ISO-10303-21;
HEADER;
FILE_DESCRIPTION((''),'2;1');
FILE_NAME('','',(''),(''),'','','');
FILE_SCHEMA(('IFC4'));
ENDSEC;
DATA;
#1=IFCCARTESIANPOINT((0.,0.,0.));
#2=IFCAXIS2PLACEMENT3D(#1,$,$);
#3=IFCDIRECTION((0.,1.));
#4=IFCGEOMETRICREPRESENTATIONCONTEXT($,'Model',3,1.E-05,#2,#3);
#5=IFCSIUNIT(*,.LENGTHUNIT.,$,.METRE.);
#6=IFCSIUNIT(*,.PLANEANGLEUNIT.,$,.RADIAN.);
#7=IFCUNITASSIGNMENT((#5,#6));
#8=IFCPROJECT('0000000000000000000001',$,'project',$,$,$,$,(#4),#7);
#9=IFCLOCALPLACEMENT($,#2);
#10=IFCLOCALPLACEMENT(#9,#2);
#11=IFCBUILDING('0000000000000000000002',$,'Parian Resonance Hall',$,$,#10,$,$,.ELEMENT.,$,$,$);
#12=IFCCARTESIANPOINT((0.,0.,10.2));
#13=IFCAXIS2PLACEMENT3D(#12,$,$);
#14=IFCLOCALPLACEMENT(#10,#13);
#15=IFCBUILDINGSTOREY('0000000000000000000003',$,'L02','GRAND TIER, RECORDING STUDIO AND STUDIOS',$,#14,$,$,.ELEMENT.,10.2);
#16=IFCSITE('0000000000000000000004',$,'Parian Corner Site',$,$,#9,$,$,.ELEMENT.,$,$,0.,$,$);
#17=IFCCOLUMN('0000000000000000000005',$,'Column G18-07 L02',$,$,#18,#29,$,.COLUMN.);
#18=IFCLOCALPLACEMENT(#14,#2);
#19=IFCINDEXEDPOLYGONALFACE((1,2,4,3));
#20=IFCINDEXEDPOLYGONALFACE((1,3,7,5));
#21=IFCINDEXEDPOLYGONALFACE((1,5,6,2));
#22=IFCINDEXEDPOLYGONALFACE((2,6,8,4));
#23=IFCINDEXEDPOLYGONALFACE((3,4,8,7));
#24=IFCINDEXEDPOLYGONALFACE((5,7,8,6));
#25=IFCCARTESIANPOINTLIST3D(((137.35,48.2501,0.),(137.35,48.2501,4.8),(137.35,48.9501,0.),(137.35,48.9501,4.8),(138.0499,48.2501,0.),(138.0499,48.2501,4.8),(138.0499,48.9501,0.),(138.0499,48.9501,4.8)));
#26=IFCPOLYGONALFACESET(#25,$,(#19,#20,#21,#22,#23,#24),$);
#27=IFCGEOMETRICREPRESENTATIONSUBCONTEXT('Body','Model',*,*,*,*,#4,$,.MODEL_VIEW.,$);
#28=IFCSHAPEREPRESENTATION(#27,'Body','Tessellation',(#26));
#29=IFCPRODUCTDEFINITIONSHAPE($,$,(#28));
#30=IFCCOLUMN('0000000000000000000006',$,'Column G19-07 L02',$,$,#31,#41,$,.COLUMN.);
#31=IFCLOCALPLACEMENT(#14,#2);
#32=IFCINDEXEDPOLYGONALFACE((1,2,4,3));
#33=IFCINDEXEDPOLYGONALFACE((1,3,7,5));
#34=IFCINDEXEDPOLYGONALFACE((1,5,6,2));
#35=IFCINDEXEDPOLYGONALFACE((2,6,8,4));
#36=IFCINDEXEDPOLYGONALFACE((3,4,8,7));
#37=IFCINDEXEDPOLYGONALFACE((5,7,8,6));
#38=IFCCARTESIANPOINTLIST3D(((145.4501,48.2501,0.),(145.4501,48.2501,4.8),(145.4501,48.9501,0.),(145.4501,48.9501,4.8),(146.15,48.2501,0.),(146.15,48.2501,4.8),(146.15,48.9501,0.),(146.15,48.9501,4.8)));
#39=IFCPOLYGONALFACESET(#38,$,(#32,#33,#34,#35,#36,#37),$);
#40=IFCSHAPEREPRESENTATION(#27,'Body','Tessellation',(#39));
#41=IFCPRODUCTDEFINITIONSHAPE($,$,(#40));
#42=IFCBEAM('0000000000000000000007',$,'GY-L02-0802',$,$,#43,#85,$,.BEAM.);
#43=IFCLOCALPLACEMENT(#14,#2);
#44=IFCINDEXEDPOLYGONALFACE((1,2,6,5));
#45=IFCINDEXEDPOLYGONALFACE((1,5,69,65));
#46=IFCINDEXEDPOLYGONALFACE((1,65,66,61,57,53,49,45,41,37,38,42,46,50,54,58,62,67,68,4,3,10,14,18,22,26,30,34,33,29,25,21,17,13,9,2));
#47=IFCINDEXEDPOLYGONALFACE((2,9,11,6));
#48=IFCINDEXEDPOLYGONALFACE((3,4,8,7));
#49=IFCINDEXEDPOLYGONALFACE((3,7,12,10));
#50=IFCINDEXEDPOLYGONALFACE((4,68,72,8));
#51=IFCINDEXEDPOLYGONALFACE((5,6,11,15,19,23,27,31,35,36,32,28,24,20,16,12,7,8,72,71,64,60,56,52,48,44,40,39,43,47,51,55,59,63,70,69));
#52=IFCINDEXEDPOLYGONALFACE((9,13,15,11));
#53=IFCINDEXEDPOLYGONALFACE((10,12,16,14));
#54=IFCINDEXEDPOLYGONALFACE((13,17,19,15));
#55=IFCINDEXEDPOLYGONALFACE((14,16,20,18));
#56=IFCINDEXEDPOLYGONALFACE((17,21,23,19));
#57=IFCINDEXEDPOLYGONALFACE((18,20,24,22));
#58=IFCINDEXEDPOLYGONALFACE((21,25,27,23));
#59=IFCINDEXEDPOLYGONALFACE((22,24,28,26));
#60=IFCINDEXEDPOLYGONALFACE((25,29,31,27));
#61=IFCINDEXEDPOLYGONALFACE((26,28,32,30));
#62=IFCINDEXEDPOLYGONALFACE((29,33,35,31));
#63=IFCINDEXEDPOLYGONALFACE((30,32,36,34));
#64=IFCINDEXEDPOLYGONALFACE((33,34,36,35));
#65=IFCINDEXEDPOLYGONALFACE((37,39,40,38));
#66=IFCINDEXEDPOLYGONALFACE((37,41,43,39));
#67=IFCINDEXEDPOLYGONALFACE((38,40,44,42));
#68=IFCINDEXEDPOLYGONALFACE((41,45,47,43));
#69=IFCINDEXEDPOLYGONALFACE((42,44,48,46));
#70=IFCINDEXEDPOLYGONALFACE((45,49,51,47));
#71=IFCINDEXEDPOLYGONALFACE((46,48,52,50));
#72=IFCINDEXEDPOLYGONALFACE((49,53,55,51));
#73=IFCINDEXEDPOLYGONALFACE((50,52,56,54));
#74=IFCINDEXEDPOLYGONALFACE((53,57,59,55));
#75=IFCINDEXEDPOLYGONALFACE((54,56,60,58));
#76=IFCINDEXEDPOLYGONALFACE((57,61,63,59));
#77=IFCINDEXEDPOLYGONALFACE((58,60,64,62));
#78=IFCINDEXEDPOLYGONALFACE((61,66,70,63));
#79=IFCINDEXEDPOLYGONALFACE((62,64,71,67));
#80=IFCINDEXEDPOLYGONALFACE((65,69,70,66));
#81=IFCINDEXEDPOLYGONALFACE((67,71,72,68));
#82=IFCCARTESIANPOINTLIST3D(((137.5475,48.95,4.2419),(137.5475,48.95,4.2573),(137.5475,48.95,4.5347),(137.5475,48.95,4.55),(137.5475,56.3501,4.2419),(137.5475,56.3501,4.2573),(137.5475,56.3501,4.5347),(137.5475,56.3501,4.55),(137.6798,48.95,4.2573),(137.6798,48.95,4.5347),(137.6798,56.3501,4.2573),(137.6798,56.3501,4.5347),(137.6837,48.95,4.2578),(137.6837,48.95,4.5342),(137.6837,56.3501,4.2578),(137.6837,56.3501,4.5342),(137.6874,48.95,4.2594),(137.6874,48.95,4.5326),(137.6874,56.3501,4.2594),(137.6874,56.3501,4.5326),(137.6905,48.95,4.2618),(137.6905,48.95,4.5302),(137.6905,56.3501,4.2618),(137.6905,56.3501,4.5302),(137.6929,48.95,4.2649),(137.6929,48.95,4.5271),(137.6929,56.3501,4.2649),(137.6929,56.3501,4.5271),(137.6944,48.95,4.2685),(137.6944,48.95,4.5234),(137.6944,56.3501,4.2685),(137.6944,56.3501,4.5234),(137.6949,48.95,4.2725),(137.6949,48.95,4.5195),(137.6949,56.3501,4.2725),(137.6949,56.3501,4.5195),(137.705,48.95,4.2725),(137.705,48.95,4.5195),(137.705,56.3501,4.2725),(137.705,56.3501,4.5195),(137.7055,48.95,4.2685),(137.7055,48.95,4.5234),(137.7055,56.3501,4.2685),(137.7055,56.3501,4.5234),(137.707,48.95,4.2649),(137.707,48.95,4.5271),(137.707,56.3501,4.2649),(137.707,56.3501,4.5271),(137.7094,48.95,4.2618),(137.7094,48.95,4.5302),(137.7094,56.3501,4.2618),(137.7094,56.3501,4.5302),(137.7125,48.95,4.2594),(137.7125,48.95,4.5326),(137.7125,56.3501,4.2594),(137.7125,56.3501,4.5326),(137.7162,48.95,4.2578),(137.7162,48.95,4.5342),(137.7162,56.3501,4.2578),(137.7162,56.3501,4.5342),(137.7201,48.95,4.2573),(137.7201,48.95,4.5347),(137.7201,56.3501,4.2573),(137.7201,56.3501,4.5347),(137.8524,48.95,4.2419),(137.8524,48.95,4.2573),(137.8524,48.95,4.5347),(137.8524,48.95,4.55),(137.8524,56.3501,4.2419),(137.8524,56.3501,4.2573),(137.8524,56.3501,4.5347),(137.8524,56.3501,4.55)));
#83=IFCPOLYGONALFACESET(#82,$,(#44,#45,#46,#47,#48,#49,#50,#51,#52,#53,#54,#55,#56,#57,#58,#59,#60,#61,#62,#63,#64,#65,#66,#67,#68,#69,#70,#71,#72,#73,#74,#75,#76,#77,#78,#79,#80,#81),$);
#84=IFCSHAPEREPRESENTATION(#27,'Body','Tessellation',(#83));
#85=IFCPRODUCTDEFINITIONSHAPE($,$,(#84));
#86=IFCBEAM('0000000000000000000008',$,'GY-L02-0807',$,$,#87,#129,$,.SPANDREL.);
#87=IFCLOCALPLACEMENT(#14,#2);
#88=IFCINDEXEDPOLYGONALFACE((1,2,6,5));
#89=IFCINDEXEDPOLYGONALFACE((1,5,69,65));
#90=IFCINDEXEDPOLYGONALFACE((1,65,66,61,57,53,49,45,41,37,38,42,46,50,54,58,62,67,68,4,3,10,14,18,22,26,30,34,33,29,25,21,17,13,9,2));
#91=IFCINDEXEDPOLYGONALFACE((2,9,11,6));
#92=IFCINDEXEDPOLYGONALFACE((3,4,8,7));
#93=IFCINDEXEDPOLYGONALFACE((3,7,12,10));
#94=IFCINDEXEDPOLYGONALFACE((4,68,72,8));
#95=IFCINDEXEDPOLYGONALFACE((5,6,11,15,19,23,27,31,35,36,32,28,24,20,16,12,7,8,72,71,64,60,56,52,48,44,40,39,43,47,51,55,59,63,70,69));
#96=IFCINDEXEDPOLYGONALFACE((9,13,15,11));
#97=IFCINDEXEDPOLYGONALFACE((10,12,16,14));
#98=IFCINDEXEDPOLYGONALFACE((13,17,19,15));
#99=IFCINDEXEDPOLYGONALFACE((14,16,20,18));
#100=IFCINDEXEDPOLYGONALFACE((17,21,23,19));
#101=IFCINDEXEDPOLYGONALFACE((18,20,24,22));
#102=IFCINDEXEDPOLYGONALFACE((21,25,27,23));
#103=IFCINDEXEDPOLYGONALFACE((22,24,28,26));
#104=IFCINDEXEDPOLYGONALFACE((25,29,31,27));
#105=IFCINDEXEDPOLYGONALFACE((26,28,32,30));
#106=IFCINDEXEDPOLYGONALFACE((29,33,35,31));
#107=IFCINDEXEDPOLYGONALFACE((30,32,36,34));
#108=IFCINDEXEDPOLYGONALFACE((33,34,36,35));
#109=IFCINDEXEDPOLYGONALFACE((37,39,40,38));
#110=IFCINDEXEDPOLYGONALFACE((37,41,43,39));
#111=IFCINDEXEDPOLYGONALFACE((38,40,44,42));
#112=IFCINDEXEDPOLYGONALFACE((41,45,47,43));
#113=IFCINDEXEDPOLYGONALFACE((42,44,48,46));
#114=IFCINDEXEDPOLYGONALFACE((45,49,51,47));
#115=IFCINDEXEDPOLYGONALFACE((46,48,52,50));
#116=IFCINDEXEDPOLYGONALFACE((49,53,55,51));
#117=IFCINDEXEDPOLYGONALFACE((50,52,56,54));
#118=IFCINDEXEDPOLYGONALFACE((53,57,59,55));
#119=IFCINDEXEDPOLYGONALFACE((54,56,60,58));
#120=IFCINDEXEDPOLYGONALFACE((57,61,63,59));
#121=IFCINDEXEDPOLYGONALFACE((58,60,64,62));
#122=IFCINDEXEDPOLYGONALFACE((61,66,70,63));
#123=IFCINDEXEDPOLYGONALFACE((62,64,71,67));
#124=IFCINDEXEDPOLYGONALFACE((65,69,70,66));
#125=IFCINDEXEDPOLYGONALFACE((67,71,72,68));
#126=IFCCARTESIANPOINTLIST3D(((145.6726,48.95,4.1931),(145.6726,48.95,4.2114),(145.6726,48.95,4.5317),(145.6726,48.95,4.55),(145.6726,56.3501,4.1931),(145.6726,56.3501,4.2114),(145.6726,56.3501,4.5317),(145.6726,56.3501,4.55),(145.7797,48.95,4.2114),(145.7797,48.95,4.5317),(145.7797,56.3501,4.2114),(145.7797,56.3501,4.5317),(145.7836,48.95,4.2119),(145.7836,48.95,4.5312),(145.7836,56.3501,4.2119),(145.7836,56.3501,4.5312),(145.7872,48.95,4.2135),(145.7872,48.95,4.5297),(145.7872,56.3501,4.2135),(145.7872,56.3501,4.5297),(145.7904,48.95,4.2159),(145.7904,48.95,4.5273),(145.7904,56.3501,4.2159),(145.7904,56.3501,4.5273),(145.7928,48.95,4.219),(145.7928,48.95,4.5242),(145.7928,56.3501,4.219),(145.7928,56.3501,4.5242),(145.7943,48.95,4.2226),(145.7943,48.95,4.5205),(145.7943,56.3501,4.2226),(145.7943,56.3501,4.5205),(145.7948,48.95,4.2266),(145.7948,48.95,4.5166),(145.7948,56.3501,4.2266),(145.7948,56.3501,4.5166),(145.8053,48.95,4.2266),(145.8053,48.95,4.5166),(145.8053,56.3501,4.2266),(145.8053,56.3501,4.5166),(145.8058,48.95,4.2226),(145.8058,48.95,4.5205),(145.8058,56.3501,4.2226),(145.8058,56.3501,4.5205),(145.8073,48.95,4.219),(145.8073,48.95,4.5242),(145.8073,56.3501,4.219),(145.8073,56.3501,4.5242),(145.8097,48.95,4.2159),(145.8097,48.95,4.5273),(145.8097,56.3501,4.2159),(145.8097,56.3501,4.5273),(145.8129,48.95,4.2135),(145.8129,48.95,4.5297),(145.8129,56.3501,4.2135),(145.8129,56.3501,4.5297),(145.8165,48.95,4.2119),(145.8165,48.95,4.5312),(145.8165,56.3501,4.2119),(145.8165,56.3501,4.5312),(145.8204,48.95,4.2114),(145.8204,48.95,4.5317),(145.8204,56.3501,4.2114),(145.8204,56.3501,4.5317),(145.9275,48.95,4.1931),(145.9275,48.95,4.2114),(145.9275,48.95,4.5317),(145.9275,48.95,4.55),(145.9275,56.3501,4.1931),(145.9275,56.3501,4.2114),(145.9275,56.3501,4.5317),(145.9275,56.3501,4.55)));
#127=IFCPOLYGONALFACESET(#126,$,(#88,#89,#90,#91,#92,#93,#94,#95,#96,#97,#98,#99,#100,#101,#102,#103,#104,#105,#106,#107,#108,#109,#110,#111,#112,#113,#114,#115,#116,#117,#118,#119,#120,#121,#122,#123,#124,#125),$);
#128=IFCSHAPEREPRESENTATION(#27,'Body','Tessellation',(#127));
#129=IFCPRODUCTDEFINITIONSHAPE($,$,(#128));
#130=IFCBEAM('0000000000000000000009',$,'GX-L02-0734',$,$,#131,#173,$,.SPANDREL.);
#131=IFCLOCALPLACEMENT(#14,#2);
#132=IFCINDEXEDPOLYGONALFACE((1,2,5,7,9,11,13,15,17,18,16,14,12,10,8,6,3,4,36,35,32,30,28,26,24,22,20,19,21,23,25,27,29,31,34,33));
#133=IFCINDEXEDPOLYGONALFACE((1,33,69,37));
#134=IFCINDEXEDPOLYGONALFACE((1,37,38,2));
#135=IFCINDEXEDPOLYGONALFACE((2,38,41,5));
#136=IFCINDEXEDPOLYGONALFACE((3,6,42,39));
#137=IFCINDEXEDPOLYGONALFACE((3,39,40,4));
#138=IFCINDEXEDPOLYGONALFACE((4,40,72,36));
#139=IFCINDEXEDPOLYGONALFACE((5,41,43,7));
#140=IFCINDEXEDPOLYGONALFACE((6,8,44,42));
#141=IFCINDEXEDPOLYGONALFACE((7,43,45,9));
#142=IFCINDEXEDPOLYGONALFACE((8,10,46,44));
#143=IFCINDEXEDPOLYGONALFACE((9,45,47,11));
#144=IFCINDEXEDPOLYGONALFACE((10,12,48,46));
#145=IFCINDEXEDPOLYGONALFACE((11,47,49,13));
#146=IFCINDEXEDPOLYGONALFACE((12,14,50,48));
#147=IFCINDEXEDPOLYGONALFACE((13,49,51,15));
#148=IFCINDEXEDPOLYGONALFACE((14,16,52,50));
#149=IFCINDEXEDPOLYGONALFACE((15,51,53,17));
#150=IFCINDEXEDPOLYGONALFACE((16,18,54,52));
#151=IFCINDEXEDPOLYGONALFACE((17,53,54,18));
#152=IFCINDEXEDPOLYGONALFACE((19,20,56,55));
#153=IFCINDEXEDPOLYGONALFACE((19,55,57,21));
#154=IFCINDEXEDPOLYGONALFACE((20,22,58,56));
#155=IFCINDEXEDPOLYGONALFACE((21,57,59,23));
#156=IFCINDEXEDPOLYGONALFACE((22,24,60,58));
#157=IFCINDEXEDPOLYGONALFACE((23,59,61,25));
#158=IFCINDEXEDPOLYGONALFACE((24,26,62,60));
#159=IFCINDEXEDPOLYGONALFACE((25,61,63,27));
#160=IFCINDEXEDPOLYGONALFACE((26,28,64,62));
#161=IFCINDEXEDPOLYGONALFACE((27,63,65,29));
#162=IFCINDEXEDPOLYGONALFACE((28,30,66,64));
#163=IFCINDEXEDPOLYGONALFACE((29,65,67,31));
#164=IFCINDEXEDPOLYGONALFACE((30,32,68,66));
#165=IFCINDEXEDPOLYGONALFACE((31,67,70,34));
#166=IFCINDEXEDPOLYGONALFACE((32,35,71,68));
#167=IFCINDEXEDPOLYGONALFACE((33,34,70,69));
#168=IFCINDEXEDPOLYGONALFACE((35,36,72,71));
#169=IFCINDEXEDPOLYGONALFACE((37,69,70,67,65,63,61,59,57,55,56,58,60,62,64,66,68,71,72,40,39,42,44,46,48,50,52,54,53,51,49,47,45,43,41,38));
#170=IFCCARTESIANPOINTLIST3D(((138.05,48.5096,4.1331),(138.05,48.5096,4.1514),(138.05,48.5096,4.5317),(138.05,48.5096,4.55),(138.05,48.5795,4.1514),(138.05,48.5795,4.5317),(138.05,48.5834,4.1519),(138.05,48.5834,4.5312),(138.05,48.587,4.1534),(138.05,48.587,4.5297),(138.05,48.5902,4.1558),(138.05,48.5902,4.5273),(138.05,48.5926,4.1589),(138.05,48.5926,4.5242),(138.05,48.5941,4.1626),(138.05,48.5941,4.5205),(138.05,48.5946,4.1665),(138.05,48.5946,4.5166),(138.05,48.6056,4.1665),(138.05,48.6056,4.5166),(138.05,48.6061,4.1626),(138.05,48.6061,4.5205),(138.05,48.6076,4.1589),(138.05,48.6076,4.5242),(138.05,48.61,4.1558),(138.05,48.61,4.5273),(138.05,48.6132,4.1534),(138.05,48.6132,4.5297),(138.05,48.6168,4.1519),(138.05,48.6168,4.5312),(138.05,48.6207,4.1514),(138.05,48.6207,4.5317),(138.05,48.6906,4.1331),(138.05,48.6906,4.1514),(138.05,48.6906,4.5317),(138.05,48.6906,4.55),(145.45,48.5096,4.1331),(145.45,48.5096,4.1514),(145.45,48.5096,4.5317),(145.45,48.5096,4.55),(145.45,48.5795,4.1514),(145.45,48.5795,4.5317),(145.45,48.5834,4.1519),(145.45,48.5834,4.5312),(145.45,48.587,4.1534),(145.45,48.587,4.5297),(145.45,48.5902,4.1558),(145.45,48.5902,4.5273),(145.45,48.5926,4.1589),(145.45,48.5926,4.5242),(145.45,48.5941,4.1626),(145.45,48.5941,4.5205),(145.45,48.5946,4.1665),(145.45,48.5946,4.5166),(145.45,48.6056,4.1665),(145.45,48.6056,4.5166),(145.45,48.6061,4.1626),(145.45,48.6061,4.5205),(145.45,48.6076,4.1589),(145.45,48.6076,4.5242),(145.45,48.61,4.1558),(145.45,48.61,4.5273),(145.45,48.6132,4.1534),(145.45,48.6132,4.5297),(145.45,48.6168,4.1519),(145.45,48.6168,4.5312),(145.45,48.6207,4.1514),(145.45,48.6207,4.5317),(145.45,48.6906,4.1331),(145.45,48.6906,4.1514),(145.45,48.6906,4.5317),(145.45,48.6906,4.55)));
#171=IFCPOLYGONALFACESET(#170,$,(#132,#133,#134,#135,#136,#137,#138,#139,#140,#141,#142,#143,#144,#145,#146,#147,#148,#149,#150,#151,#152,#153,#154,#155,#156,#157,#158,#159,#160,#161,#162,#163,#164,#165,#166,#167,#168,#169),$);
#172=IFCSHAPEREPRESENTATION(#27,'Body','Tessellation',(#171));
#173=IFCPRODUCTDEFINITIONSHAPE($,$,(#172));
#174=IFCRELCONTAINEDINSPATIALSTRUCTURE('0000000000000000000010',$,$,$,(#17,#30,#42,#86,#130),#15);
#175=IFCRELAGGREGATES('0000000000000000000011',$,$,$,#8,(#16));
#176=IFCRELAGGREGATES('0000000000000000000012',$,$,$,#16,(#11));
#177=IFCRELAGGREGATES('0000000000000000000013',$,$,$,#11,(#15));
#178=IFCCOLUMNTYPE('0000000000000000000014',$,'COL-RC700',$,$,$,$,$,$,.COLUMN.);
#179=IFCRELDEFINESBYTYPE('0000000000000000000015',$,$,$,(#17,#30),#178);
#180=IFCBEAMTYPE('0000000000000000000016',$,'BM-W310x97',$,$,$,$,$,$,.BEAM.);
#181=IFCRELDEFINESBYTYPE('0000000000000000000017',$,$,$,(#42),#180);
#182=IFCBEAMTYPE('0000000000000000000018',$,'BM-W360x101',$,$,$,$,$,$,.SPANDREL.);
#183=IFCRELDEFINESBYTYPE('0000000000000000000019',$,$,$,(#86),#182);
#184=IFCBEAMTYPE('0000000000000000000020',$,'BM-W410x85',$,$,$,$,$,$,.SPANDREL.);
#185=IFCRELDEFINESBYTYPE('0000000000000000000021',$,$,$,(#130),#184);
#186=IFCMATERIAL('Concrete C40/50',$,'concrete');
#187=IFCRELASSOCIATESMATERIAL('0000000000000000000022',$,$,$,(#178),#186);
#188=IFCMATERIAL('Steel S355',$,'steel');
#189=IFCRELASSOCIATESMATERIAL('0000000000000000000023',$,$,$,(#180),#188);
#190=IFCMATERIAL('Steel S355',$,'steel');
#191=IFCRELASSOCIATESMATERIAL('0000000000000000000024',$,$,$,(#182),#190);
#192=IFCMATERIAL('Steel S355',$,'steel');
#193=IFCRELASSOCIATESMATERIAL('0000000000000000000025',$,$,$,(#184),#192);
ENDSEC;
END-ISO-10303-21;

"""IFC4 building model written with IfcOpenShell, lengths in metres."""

from ifc_helpers import new_model, si_unit, direction, frame, origin, origin_2d, place, context, subcontext, project, spatial, rectangle, i_section, extrude, material, material_profile, profile_set, type_object, element, save


model = new_model("IFC4")

# Units and contexts
model_context = context("Model", 3, precision=1e-05, world=origin(), true_north=direction((0.0, 1.0)))
body_context = subcontext(model_context, "Body", "Model", "MODEL_VIEW")
ifc_project = project(units=[si_unit("LENGTHUNIT", "METRE"), si_unit("PLANEANGLEUNIT", "RADIAN")], contexts=[model_context])

# Site, building, storey
site_placement = place(None, origin())
site = spatial("IfcSite", under=ifc_project, at=site_placement, Name="Parian Corner Site", CompositionType="ELEMENT", RefElevation=0.0)
building_placement = place(site_placement, origin())
building = spatial("IfcBuilding", under=site, at=building_placement, Name="Parian Resonance Hall", CompositionType="ELEMENT")
storey_placement = place(building_placement, frame((0.0, 0.0, 10.2)))
storey = spatial("IfcBuildingStorey", under=building, at=storey_placement, Name="L02", Description="GRAND TIER, RECORDING STUDIO AND STUDIOS", CompositionType="ELEMENT", Elevation=10.2)

# Columns
ifc_material_1 = material(Name="Concrete C40/50", Category="concrete")
ifc_material_profile_1 = material_profile(ifc_material_1, rectangle(XDim=0.7, YDim=0.7, at=origin_2d()), Name="RC-COL-700x700")
ifc_profile_set_1 = profile_set([ifc_material_profile_1], Name="Concrete C40/50")
column_type = type_object("IfcColumnType", Name="COL-RC700", PredefinedType="COLUMN", material=ifc_profile_set_1)
for number, where, z_axis, x_axis, name in (
    (1, (137.7, 48.6001, 0.0), (0.0, 0.0, 1.0), (1.0, 0.0, 0.0), "Column G18-07 L02"),
    (2, (145.8, 48.6001, 0.0), (0.0, 0.0, 1.0), (1.0, 0.0, 0.0), "Column G19-07 L02"),
):
    element("IfcColumn", number, at=place(storey_placement, frame(where, z_axis=z_axis, x_axis=x_axis)), inside=storey, type_object=column_type, Name=name, PredefinedType="COLUMN", context=body_context, shape_type="SweptSolid", body=[
        extrude(rectangle(XDim=0.7, YDim=0.7, at=origin_2d()), origin(), (0.0, 0.0, 1.0), 4.8),
    ])

# Beams
ifc_material_2 = material(Name="Steel S355", Category="steel")
ifc_material_profile_2 = material_profile(ifc_material_2, i_section(OverallWidth=0.3049, OverallDepth=0.3081, WebThickness=0.01, FlangeThickness=0.0154, FilletRadius=0.0151, at=origin_2d()), Name="W310x97")
ifc_profile_set_2 = profile_set([ifc_material_profile_2], Name="Steel S355")
beam_type_1 = type_object("IfcBeamType", Name="BM-W310x97", PredefinedType="BEAM", material=ifc_profile_set_2)
beam_1_placement = place(storey_placement, frame((137.7, 48.95, 4.396), z_axis=(0.0, 1.0, 0.0), x_axis=(-1.0, 0.0, 0.0)))
element("IfcBeam", 3, at=beam_1_placement, inside=storey, type_object=beam_type_1, Name="GY-L02-0802", PredefinedType="BEAM", context=body_context, shape_type="SweptSolid", body=[
    extrude(i_section(OverallWidth=0.3049, OverallDepth=0.3081, WebThickness=0.01, FlangeThickness=0.0154, FilletRadius=0.0151, at=origin_2d()), origin(), (0.0, 0.0, 1.0), 7.4001),
])
ifc_material_3 = material(Name="Steel S355", Category="steel")
ifc_material_profile_3 = material_profile(ifc_material_3, i_section(OverallWidth=0.2549, OverallDepth=0.3569, WebThickness=0.0105, FlangeThickness=0.0183, FilletRadius=0.0151, at=origin_2d()), Name="W360x101")
ifc_profile_set_3 = profile_set([ifc_material_profile_3], Name="Steel S355")
beam_type_2 = type_object("IfcBeamType", Name="BM-W360x101", PredefinedType="SPANDREL", material=ifc_profile_set_3)
beam_2_placement = place(storey_placement, frame((145.8, 48.95, 4.3716), z_axis=(0.0, 1.0, 0.0), x_axis=(-1.0, 0.0, 0.0)))
element("IfcBeam", 4, at=beam_2_placement, inside=storey, type_object=beam_type_2, Name="GY-L02-0807", PredefinedType="SPANDREL", context=body_context, shape_type="SweptSolid", body=[
    extrude(i_section(OverallWidth=0.2549, OverallDepth=0.3569, WebThickness=0.0105, FlangeThickness=0.0183, FilletRadius=0.0151, at=origin_2d()), origin(), (0.0, 0.0, 1.0), 7.4001),
])
ifc_material_4 = material(Name="Steel S355", Category="steel")
ifc_material_profile_4 = material_profile(ifc_material_4, i_section(OverallWidth=0.1809, OverallDepth=0.417, WebThickness=0.011, FlangeThickness=0.0183, FilletRadius=0.0151, at=origin_2d()), Name="W410x85")
ifc_profile_set_4 = profile_set([ifc_material_profile_4], Name="Steel S355")
beam_type_3 = type_object("IfcBeamType", Name="BM-W410x85", PredefinedType="SPANDREL", material=ifc_profile_set_4)
beam_3_placement = place(storey_placement, frame((138.05, 48.6001, 4.3416), z_axis=(1.0, 0.0, 0.0), x_axis=(0.0, 1.0, 0.0)))
element("IfcBeam", 5, at=beam_3_placement, inside=storey, type_object=beam_type_3, Name="GX-L02-0734", PredefinedType="SPANDREL", context=body_context, shape_type="SweptSolid", body=[
    extrude(i_section(OverallWidth=0.1809, OverallDepth=0.417, WebThickness=0.011, FlangeThickness=0.0183, FilletRadius=0.0151, at=origin_2d()), origin(), (0.0, 0.0, 1.0), 7.3999),
])

save(model, "model.ifc")
